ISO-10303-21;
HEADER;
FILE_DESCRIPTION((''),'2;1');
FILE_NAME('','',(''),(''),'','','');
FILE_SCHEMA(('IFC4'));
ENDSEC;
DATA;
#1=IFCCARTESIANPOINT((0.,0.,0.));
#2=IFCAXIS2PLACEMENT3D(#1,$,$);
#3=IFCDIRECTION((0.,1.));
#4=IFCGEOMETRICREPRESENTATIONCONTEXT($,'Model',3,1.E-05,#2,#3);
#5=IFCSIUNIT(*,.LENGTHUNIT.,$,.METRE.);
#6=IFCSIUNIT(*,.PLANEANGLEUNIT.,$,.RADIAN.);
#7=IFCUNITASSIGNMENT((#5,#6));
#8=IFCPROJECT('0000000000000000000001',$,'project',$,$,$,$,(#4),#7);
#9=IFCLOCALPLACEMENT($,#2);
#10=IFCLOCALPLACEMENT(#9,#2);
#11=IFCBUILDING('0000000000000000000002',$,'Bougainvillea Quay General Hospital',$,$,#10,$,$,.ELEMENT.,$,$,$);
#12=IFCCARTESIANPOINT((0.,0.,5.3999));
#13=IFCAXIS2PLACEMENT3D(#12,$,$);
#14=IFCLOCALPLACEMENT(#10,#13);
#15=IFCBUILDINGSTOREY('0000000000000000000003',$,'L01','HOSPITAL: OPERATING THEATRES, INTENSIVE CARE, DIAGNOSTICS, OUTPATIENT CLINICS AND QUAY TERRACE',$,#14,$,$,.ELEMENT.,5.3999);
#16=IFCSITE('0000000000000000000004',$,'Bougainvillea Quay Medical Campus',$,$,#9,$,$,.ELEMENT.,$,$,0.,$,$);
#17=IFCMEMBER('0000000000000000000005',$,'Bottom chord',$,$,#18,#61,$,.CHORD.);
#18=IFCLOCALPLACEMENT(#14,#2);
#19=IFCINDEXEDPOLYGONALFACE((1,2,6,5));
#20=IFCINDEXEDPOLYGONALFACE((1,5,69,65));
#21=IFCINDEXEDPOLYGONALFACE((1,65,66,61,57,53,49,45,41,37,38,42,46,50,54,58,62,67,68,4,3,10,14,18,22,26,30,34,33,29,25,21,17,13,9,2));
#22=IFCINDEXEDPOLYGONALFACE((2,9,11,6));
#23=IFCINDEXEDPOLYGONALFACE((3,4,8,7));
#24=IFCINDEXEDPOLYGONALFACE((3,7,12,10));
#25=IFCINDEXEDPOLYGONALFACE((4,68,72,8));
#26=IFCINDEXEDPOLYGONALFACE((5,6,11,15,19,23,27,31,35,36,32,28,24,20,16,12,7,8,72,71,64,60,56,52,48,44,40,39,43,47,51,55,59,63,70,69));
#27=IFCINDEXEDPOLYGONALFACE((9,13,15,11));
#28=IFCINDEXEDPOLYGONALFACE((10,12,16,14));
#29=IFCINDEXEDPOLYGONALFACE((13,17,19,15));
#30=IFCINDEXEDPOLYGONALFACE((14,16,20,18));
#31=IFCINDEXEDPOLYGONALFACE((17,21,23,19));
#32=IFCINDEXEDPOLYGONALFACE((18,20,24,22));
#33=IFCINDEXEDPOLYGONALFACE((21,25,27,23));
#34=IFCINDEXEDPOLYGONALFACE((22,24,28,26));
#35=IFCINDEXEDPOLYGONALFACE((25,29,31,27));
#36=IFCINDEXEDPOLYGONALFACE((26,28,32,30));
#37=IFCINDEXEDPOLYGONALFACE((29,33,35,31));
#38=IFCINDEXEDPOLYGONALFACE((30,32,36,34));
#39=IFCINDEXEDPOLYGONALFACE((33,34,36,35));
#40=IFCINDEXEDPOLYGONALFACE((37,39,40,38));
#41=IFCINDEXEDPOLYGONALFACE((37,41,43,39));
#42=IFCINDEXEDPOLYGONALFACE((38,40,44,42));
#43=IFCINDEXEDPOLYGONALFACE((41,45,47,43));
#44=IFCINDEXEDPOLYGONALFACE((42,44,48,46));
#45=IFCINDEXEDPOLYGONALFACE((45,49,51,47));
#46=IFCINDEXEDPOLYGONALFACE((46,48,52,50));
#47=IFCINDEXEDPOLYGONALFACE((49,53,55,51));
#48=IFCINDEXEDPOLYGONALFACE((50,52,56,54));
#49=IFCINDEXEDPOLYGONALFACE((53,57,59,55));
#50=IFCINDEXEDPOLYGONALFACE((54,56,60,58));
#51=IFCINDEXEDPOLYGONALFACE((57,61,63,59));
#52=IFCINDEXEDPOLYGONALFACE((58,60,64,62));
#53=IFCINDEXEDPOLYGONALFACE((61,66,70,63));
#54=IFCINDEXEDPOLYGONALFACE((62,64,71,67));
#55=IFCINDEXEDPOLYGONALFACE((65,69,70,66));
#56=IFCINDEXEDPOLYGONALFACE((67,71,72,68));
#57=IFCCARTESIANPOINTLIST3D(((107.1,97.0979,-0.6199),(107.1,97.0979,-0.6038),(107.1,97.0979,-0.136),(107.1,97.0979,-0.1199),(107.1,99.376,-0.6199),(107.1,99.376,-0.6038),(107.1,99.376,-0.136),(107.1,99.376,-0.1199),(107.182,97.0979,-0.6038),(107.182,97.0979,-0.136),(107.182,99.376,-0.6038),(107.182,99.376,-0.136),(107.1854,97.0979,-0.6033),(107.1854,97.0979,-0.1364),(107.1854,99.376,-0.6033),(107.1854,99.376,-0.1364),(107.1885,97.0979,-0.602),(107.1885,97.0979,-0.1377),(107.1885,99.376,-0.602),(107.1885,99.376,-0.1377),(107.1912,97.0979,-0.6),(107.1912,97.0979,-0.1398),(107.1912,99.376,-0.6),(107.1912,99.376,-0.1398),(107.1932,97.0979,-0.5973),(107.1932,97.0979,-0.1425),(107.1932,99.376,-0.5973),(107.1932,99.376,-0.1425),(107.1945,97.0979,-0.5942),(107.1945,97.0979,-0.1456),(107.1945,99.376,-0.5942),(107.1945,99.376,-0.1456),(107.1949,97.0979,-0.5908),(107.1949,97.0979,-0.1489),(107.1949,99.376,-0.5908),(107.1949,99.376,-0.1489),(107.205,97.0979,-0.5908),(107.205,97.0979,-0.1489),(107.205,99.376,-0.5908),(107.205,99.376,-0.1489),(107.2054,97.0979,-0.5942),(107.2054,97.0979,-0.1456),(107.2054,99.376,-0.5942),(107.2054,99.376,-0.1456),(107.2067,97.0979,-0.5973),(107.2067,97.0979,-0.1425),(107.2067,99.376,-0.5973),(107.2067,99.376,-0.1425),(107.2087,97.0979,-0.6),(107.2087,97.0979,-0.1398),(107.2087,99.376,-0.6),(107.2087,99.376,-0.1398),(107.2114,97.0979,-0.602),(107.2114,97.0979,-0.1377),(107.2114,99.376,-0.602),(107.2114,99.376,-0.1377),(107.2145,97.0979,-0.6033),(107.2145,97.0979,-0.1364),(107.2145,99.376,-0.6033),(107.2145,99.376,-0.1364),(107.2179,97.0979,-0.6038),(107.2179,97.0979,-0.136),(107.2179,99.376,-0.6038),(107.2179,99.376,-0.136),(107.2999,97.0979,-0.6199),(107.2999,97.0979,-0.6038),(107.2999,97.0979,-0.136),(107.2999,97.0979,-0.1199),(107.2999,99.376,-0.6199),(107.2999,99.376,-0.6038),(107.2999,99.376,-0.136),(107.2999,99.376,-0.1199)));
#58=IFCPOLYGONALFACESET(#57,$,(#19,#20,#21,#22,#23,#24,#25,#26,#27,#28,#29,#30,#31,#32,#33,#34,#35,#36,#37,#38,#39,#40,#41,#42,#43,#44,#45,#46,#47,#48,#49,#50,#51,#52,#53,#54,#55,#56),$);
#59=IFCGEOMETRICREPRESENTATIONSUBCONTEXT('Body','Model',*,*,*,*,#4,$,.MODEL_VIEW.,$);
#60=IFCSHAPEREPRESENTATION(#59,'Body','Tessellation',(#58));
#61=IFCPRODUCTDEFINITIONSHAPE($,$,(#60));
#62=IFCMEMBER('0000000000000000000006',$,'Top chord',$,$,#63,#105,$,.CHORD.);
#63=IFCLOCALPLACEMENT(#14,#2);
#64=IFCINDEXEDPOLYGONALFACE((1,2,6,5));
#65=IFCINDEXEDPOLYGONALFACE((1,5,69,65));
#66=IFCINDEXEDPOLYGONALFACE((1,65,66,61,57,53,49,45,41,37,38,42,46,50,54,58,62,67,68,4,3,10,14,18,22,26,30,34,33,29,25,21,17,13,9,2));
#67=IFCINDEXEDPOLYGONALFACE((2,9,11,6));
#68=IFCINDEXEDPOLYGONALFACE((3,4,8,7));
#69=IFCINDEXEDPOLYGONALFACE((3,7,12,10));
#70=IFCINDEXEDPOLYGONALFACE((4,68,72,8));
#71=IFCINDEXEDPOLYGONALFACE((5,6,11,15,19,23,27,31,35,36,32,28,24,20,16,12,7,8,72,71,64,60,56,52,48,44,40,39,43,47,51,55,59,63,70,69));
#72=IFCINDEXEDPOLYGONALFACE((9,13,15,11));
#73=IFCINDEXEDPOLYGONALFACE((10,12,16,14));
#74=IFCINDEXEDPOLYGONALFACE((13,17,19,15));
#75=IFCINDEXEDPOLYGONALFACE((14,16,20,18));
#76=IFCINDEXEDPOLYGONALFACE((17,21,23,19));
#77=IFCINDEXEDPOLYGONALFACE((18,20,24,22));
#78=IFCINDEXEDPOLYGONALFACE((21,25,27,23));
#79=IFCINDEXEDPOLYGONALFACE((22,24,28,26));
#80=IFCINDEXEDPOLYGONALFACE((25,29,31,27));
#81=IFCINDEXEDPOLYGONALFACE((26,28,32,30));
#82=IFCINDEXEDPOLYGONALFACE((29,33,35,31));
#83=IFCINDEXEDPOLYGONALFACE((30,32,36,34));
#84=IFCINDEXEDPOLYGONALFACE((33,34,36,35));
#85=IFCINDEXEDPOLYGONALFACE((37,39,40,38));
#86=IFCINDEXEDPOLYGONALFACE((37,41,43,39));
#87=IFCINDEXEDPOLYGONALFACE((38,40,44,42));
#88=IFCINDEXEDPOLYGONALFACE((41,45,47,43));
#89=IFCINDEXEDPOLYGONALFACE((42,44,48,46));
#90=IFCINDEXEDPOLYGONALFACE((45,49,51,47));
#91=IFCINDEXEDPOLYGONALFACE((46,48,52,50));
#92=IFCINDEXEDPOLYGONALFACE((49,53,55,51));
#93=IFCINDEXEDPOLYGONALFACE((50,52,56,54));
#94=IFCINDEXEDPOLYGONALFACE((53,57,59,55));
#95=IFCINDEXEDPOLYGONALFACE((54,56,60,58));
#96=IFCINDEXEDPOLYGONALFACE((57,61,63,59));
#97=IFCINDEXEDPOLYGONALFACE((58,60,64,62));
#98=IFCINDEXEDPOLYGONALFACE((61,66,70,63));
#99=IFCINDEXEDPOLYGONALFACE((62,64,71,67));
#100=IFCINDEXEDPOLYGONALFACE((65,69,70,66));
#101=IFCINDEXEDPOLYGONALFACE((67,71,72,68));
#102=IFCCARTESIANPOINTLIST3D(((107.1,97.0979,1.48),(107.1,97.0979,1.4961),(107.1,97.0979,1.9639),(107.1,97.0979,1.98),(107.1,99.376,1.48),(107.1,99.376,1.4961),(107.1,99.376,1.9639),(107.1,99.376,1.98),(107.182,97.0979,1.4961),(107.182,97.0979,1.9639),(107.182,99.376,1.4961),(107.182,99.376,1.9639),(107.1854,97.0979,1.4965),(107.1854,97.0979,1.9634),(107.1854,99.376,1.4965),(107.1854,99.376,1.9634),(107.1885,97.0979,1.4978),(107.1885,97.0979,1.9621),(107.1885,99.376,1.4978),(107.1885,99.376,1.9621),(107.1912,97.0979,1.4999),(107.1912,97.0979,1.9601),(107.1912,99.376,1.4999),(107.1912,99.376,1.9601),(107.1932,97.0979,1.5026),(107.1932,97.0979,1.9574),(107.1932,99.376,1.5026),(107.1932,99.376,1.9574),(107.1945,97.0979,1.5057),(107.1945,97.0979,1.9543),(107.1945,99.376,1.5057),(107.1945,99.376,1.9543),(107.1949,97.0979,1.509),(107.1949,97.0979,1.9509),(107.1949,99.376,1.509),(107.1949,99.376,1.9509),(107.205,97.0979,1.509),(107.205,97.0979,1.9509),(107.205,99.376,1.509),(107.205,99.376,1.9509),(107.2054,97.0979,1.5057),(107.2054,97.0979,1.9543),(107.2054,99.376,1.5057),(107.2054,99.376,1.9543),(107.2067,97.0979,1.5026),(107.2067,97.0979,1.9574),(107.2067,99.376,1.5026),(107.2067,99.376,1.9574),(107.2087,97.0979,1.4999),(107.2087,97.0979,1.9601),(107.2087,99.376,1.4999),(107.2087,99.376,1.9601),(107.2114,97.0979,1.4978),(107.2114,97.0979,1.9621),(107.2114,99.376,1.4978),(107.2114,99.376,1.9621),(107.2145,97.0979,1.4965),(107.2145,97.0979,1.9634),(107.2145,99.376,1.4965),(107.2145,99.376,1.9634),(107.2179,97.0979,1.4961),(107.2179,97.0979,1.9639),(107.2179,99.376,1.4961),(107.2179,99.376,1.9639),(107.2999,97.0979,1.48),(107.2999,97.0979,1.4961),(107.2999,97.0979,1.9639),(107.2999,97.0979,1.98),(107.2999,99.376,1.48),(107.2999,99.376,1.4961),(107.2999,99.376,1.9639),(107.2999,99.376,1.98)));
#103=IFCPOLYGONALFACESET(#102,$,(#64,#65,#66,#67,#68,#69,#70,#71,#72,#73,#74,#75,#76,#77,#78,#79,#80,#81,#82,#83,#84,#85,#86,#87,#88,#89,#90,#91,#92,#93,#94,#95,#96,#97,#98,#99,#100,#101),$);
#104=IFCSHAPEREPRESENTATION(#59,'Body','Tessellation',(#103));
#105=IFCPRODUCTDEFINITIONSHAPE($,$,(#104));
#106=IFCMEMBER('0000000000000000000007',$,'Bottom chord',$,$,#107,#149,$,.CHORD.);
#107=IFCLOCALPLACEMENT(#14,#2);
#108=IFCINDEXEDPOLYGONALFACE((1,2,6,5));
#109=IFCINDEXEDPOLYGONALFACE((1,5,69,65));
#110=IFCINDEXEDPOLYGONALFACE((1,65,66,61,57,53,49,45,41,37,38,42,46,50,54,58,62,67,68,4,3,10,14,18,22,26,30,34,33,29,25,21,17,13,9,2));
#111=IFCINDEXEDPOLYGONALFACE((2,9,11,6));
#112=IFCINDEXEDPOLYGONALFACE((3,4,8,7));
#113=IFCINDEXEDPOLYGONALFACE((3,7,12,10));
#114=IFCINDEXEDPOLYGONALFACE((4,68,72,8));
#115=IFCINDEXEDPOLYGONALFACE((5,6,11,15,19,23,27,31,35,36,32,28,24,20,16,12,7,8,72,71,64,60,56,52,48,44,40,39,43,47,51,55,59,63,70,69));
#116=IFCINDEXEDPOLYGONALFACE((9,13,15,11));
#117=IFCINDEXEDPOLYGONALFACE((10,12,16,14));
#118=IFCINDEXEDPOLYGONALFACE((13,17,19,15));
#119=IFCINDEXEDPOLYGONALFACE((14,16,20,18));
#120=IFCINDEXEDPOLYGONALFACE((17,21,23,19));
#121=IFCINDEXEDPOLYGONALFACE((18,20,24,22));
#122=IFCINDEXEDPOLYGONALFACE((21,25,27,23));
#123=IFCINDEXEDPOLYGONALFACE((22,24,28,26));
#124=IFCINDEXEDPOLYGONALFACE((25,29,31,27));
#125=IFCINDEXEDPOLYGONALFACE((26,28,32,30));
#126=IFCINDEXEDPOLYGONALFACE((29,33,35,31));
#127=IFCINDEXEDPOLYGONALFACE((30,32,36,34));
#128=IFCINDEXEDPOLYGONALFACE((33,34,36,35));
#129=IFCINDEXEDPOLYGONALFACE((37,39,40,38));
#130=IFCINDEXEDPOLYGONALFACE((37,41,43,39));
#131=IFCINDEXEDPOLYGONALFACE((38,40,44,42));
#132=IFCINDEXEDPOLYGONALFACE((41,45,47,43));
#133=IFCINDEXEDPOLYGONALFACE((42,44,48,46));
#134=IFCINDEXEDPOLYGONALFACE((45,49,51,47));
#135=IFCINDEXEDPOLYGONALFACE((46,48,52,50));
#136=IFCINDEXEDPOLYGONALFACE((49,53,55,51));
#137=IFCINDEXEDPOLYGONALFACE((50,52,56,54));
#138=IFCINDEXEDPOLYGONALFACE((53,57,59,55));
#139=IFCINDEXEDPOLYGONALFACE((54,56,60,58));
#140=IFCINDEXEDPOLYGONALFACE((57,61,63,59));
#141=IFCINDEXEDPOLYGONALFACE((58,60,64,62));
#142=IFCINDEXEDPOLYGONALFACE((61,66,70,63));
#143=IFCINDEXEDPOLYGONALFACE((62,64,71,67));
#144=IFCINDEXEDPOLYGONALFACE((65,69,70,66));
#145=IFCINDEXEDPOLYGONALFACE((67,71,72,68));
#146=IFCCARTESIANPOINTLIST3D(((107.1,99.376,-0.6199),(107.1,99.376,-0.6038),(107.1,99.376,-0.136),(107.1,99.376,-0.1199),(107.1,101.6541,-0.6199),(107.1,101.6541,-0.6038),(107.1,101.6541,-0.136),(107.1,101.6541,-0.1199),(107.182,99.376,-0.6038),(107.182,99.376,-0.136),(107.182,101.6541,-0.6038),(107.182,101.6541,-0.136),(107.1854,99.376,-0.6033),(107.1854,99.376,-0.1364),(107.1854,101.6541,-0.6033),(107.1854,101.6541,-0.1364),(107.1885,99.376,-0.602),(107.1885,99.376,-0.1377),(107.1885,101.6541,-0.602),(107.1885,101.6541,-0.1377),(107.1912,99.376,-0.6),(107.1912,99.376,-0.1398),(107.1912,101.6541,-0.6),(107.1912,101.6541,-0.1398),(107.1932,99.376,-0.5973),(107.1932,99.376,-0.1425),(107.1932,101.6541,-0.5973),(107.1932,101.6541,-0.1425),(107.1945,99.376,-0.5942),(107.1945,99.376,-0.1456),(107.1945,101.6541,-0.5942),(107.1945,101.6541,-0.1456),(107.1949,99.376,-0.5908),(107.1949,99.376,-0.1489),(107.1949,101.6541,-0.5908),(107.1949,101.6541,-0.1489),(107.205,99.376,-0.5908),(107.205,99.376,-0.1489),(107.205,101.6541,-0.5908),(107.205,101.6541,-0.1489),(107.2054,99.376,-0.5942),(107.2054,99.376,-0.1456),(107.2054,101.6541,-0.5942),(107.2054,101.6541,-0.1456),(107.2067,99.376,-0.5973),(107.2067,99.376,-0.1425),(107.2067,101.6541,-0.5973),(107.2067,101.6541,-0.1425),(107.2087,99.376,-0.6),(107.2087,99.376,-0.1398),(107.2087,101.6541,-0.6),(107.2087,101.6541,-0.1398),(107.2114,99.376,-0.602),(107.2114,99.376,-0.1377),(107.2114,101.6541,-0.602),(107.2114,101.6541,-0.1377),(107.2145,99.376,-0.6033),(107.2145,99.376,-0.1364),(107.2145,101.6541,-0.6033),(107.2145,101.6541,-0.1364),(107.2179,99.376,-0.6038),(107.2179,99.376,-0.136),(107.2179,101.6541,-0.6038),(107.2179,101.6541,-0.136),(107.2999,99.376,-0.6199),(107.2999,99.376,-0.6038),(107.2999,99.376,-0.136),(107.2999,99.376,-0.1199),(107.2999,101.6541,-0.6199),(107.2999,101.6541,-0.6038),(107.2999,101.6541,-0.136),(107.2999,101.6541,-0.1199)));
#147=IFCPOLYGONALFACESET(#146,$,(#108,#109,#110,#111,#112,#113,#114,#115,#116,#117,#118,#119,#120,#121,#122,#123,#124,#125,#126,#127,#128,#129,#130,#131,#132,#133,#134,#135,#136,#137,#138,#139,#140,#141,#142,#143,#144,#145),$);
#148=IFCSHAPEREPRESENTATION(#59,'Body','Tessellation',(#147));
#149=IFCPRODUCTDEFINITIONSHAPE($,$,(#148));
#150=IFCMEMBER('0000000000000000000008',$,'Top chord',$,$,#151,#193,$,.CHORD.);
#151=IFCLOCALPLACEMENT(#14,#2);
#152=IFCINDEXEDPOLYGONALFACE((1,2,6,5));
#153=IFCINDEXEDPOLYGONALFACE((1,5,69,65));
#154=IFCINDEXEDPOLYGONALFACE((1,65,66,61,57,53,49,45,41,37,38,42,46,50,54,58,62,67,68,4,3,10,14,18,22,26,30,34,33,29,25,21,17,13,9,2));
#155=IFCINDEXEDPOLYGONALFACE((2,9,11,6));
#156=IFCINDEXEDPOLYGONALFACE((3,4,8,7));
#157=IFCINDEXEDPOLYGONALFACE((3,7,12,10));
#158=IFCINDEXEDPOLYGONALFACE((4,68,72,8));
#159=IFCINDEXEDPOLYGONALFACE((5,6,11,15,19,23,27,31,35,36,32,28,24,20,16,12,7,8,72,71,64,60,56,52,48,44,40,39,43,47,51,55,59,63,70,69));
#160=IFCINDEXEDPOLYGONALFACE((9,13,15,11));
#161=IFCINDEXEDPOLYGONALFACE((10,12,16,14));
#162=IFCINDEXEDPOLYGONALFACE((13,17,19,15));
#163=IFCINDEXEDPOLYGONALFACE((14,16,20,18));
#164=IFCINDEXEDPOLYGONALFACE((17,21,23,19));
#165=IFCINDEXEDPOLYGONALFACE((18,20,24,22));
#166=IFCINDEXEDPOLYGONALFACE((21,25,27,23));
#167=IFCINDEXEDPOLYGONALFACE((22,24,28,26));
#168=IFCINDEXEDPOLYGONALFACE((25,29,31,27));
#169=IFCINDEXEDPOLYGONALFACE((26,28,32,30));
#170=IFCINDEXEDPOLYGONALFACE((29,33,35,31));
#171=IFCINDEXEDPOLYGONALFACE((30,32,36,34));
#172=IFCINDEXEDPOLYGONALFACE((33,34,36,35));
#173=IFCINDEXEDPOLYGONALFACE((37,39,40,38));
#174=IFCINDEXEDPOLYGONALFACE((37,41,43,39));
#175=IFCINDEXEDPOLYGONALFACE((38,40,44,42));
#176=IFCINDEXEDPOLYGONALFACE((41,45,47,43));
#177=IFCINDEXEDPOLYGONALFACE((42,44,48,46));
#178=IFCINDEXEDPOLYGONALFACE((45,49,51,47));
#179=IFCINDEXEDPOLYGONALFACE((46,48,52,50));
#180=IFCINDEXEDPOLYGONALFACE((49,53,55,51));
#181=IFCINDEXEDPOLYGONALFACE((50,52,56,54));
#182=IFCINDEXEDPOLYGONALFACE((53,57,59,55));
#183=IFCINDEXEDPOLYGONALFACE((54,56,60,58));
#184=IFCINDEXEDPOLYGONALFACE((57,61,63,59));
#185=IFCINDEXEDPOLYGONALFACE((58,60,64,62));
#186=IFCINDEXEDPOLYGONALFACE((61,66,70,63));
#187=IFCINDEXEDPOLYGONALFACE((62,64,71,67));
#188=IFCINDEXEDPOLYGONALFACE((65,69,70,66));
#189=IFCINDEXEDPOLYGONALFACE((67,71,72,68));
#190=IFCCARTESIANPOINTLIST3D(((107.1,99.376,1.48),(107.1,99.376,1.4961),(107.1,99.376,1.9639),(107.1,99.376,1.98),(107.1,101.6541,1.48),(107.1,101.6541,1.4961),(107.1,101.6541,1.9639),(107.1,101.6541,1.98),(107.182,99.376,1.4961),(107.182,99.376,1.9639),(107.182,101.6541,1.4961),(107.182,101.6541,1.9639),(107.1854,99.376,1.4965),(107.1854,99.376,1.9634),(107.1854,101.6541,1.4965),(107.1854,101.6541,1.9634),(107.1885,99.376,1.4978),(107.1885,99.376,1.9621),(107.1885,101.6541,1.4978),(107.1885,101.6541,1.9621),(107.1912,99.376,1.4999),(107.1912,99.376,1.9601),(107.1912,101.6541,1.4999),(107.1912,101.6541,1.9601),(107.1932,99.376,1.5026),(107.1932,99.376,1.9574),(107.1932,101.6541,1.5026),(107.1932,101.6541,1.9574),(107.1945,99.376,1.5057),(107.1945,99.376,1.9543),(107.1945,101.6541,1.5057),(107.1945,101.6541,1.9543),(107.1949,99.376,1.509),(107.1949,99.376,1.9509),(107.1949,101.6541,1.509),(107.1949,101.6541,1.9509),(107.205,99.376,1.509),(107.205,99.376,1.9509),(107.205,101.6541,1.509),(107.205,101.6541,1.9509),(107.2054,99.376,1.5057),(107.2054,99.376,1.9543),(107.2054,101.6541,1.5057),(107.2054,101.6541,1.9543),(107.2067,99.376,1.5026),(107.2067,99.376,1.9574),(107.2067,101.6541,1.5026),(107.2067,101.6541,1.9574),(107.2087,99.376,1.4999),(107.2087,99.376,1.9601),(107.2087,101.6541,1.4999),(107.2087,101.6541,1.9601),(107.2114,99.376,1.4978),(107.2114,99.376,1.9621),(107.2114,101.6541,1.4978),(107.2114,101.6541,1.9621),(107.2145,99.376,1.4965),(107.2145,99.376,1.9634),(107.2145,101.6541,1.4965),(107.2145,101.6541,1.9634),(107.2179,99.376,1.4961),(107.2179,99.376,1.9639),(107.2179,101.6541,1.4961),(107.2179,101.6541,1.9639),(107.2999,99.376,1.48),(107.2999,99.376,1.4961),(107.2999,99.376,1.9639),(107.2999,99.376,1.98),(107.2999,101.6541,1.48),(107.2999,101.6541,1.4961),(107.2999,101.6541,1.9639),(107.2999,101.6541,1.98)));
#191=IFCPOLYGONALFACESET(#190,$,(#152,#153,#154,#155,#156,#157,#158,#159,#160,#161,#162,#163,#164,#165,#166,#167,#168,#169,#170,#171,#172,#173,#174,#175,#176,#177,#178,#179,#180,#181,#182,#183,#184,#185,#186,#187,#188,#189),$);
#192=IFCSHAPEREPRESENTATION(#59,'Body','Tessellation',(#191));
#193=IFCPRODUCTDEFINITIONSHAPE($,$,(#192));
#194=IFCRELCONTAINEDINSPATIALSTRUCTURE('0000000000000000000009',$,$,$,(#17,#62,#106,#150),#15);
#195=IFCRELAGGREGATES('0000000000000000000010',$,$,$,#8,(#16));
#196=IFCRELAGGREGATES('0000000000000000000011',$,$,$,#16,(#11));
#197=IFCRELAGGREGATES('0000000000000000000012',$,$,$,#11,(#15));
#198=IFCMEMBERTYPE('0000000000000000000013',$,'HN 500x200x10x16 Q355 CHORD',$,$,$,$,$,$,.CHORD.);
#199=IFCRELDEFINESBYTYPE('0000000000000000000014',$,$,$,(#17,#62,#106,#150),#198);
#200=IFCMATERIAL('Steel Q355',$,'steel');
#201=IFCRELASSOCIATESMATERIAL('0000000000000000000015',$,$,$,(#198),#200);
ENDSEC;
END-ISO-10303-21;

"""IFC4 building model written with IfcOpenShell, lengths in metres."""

from ifc_helpers import new_model, si_unit, direction, frame, origin, origin_2d, place, context, subcontext, project, spatial, i_section, extrude, material, material_profile, profile_set, type_object, element, save


model = new_model("IFC4")

# Units and contexts
model_context = context("Model", 3, precision=1e-05, world=origin(), true_north=direction((0.0, 1.0)))
body_context = subcontext(model_context, "Body", "Model", "MODEL_VIEW")
ifc_project = project(units=[si_unit("LENGTHUNIT", "METRE"), si_unit("PLANEANGLEUNIT", "RADIAN")], contexts=[model_context])

# Site, building, storey
site_placement = place(None, origin())
site = spatial("IfcSite", under=ifc_project, at=site_placement, Name="Bougainvillea Quay Medical Campus", CompositionType="ELEMENT", RefElevation=0.0)
building_placement = place(site_placement, origin())
building = spatial("IfcBuilding", under=site, at=building_placement, Name="Bougainvillea Quay General Hospital", CompositionType="ELEMENT")
storey_placement = place(building_placement, frame((0.0, 0.0, 5.3999)))
storey = spatial("IfcBuildingStorey", under=building, at=storey_placement, Name="L01", Description="HOSPITAL: OPERATING THEATRES, INTENSIVE CARE, DIAGNOSTICS, OUTPATIENT CLINICS AND QUAY TERRACE", CompositionType="ELEMENT", Elevation=5.3999)

# Members
ifc_material_1 = material(Name="Steel Q355", Category="steel")
ifc_material_profile_1 = material_profile(ifc_material_1, i_section(OverallWidth=0.2, OverallDepth=0.5, WebThickness=0.01, FlangeThickness=0.0161, FilletRadius=0.0129, at=origin_2d()))
ifc_profile_set_1 = profile_set([ifc_material_profile_1], Name="Steel Q355")
member_type_1 = type_object("IfcMemberType", Name="HN 500x200x10x16 Q355 CHORD", PredefinedType="CHORD", material=ifc_profile_set_1)
for number, where, z_axis, x_axis, name in (
    (1, (107.2, 97.0979, -0.3699), (0.0, 1.0, 0.0), (-1.0, 0.0, 0.0), "Bottom chord"),
    (2, (107.2, 97.0979, 1.73), (0.0, 1.0, 0.0), (-1.0, 0.0, 0.0), "Top chord"),
    (3, (107.2, 99.376, -0.3699), (0.0, 1.0, 0.0), (-1.0, 0.0, 0.0), "Bottom chord"),
    (4, (107.2, 99.376, 1.73), (0.0, 1.0, 0.0), (-1.0, 0.0, 0.0), "Top chord"),
):
    element("IfcMember", number, at=place(storey_placement, frame(where, z_axis=z_axis, x_axis=x_axis)), inside=storey, type_object=member_type_1, Name=name, PredefinedType="CHORD", context=body_context, shape_type="SweptSolid", body=[
        extrude(i_section(OverallWidth=0.2, OverallDepth=0.5, WebThickness=0.01, FlangeThickness=0.0161, FilletRadius=0.0129, at=origin_2d()), origin(), (0.0, 0.0, 1.0), 2.2781),
    ])

save(model, "model.ifc")
